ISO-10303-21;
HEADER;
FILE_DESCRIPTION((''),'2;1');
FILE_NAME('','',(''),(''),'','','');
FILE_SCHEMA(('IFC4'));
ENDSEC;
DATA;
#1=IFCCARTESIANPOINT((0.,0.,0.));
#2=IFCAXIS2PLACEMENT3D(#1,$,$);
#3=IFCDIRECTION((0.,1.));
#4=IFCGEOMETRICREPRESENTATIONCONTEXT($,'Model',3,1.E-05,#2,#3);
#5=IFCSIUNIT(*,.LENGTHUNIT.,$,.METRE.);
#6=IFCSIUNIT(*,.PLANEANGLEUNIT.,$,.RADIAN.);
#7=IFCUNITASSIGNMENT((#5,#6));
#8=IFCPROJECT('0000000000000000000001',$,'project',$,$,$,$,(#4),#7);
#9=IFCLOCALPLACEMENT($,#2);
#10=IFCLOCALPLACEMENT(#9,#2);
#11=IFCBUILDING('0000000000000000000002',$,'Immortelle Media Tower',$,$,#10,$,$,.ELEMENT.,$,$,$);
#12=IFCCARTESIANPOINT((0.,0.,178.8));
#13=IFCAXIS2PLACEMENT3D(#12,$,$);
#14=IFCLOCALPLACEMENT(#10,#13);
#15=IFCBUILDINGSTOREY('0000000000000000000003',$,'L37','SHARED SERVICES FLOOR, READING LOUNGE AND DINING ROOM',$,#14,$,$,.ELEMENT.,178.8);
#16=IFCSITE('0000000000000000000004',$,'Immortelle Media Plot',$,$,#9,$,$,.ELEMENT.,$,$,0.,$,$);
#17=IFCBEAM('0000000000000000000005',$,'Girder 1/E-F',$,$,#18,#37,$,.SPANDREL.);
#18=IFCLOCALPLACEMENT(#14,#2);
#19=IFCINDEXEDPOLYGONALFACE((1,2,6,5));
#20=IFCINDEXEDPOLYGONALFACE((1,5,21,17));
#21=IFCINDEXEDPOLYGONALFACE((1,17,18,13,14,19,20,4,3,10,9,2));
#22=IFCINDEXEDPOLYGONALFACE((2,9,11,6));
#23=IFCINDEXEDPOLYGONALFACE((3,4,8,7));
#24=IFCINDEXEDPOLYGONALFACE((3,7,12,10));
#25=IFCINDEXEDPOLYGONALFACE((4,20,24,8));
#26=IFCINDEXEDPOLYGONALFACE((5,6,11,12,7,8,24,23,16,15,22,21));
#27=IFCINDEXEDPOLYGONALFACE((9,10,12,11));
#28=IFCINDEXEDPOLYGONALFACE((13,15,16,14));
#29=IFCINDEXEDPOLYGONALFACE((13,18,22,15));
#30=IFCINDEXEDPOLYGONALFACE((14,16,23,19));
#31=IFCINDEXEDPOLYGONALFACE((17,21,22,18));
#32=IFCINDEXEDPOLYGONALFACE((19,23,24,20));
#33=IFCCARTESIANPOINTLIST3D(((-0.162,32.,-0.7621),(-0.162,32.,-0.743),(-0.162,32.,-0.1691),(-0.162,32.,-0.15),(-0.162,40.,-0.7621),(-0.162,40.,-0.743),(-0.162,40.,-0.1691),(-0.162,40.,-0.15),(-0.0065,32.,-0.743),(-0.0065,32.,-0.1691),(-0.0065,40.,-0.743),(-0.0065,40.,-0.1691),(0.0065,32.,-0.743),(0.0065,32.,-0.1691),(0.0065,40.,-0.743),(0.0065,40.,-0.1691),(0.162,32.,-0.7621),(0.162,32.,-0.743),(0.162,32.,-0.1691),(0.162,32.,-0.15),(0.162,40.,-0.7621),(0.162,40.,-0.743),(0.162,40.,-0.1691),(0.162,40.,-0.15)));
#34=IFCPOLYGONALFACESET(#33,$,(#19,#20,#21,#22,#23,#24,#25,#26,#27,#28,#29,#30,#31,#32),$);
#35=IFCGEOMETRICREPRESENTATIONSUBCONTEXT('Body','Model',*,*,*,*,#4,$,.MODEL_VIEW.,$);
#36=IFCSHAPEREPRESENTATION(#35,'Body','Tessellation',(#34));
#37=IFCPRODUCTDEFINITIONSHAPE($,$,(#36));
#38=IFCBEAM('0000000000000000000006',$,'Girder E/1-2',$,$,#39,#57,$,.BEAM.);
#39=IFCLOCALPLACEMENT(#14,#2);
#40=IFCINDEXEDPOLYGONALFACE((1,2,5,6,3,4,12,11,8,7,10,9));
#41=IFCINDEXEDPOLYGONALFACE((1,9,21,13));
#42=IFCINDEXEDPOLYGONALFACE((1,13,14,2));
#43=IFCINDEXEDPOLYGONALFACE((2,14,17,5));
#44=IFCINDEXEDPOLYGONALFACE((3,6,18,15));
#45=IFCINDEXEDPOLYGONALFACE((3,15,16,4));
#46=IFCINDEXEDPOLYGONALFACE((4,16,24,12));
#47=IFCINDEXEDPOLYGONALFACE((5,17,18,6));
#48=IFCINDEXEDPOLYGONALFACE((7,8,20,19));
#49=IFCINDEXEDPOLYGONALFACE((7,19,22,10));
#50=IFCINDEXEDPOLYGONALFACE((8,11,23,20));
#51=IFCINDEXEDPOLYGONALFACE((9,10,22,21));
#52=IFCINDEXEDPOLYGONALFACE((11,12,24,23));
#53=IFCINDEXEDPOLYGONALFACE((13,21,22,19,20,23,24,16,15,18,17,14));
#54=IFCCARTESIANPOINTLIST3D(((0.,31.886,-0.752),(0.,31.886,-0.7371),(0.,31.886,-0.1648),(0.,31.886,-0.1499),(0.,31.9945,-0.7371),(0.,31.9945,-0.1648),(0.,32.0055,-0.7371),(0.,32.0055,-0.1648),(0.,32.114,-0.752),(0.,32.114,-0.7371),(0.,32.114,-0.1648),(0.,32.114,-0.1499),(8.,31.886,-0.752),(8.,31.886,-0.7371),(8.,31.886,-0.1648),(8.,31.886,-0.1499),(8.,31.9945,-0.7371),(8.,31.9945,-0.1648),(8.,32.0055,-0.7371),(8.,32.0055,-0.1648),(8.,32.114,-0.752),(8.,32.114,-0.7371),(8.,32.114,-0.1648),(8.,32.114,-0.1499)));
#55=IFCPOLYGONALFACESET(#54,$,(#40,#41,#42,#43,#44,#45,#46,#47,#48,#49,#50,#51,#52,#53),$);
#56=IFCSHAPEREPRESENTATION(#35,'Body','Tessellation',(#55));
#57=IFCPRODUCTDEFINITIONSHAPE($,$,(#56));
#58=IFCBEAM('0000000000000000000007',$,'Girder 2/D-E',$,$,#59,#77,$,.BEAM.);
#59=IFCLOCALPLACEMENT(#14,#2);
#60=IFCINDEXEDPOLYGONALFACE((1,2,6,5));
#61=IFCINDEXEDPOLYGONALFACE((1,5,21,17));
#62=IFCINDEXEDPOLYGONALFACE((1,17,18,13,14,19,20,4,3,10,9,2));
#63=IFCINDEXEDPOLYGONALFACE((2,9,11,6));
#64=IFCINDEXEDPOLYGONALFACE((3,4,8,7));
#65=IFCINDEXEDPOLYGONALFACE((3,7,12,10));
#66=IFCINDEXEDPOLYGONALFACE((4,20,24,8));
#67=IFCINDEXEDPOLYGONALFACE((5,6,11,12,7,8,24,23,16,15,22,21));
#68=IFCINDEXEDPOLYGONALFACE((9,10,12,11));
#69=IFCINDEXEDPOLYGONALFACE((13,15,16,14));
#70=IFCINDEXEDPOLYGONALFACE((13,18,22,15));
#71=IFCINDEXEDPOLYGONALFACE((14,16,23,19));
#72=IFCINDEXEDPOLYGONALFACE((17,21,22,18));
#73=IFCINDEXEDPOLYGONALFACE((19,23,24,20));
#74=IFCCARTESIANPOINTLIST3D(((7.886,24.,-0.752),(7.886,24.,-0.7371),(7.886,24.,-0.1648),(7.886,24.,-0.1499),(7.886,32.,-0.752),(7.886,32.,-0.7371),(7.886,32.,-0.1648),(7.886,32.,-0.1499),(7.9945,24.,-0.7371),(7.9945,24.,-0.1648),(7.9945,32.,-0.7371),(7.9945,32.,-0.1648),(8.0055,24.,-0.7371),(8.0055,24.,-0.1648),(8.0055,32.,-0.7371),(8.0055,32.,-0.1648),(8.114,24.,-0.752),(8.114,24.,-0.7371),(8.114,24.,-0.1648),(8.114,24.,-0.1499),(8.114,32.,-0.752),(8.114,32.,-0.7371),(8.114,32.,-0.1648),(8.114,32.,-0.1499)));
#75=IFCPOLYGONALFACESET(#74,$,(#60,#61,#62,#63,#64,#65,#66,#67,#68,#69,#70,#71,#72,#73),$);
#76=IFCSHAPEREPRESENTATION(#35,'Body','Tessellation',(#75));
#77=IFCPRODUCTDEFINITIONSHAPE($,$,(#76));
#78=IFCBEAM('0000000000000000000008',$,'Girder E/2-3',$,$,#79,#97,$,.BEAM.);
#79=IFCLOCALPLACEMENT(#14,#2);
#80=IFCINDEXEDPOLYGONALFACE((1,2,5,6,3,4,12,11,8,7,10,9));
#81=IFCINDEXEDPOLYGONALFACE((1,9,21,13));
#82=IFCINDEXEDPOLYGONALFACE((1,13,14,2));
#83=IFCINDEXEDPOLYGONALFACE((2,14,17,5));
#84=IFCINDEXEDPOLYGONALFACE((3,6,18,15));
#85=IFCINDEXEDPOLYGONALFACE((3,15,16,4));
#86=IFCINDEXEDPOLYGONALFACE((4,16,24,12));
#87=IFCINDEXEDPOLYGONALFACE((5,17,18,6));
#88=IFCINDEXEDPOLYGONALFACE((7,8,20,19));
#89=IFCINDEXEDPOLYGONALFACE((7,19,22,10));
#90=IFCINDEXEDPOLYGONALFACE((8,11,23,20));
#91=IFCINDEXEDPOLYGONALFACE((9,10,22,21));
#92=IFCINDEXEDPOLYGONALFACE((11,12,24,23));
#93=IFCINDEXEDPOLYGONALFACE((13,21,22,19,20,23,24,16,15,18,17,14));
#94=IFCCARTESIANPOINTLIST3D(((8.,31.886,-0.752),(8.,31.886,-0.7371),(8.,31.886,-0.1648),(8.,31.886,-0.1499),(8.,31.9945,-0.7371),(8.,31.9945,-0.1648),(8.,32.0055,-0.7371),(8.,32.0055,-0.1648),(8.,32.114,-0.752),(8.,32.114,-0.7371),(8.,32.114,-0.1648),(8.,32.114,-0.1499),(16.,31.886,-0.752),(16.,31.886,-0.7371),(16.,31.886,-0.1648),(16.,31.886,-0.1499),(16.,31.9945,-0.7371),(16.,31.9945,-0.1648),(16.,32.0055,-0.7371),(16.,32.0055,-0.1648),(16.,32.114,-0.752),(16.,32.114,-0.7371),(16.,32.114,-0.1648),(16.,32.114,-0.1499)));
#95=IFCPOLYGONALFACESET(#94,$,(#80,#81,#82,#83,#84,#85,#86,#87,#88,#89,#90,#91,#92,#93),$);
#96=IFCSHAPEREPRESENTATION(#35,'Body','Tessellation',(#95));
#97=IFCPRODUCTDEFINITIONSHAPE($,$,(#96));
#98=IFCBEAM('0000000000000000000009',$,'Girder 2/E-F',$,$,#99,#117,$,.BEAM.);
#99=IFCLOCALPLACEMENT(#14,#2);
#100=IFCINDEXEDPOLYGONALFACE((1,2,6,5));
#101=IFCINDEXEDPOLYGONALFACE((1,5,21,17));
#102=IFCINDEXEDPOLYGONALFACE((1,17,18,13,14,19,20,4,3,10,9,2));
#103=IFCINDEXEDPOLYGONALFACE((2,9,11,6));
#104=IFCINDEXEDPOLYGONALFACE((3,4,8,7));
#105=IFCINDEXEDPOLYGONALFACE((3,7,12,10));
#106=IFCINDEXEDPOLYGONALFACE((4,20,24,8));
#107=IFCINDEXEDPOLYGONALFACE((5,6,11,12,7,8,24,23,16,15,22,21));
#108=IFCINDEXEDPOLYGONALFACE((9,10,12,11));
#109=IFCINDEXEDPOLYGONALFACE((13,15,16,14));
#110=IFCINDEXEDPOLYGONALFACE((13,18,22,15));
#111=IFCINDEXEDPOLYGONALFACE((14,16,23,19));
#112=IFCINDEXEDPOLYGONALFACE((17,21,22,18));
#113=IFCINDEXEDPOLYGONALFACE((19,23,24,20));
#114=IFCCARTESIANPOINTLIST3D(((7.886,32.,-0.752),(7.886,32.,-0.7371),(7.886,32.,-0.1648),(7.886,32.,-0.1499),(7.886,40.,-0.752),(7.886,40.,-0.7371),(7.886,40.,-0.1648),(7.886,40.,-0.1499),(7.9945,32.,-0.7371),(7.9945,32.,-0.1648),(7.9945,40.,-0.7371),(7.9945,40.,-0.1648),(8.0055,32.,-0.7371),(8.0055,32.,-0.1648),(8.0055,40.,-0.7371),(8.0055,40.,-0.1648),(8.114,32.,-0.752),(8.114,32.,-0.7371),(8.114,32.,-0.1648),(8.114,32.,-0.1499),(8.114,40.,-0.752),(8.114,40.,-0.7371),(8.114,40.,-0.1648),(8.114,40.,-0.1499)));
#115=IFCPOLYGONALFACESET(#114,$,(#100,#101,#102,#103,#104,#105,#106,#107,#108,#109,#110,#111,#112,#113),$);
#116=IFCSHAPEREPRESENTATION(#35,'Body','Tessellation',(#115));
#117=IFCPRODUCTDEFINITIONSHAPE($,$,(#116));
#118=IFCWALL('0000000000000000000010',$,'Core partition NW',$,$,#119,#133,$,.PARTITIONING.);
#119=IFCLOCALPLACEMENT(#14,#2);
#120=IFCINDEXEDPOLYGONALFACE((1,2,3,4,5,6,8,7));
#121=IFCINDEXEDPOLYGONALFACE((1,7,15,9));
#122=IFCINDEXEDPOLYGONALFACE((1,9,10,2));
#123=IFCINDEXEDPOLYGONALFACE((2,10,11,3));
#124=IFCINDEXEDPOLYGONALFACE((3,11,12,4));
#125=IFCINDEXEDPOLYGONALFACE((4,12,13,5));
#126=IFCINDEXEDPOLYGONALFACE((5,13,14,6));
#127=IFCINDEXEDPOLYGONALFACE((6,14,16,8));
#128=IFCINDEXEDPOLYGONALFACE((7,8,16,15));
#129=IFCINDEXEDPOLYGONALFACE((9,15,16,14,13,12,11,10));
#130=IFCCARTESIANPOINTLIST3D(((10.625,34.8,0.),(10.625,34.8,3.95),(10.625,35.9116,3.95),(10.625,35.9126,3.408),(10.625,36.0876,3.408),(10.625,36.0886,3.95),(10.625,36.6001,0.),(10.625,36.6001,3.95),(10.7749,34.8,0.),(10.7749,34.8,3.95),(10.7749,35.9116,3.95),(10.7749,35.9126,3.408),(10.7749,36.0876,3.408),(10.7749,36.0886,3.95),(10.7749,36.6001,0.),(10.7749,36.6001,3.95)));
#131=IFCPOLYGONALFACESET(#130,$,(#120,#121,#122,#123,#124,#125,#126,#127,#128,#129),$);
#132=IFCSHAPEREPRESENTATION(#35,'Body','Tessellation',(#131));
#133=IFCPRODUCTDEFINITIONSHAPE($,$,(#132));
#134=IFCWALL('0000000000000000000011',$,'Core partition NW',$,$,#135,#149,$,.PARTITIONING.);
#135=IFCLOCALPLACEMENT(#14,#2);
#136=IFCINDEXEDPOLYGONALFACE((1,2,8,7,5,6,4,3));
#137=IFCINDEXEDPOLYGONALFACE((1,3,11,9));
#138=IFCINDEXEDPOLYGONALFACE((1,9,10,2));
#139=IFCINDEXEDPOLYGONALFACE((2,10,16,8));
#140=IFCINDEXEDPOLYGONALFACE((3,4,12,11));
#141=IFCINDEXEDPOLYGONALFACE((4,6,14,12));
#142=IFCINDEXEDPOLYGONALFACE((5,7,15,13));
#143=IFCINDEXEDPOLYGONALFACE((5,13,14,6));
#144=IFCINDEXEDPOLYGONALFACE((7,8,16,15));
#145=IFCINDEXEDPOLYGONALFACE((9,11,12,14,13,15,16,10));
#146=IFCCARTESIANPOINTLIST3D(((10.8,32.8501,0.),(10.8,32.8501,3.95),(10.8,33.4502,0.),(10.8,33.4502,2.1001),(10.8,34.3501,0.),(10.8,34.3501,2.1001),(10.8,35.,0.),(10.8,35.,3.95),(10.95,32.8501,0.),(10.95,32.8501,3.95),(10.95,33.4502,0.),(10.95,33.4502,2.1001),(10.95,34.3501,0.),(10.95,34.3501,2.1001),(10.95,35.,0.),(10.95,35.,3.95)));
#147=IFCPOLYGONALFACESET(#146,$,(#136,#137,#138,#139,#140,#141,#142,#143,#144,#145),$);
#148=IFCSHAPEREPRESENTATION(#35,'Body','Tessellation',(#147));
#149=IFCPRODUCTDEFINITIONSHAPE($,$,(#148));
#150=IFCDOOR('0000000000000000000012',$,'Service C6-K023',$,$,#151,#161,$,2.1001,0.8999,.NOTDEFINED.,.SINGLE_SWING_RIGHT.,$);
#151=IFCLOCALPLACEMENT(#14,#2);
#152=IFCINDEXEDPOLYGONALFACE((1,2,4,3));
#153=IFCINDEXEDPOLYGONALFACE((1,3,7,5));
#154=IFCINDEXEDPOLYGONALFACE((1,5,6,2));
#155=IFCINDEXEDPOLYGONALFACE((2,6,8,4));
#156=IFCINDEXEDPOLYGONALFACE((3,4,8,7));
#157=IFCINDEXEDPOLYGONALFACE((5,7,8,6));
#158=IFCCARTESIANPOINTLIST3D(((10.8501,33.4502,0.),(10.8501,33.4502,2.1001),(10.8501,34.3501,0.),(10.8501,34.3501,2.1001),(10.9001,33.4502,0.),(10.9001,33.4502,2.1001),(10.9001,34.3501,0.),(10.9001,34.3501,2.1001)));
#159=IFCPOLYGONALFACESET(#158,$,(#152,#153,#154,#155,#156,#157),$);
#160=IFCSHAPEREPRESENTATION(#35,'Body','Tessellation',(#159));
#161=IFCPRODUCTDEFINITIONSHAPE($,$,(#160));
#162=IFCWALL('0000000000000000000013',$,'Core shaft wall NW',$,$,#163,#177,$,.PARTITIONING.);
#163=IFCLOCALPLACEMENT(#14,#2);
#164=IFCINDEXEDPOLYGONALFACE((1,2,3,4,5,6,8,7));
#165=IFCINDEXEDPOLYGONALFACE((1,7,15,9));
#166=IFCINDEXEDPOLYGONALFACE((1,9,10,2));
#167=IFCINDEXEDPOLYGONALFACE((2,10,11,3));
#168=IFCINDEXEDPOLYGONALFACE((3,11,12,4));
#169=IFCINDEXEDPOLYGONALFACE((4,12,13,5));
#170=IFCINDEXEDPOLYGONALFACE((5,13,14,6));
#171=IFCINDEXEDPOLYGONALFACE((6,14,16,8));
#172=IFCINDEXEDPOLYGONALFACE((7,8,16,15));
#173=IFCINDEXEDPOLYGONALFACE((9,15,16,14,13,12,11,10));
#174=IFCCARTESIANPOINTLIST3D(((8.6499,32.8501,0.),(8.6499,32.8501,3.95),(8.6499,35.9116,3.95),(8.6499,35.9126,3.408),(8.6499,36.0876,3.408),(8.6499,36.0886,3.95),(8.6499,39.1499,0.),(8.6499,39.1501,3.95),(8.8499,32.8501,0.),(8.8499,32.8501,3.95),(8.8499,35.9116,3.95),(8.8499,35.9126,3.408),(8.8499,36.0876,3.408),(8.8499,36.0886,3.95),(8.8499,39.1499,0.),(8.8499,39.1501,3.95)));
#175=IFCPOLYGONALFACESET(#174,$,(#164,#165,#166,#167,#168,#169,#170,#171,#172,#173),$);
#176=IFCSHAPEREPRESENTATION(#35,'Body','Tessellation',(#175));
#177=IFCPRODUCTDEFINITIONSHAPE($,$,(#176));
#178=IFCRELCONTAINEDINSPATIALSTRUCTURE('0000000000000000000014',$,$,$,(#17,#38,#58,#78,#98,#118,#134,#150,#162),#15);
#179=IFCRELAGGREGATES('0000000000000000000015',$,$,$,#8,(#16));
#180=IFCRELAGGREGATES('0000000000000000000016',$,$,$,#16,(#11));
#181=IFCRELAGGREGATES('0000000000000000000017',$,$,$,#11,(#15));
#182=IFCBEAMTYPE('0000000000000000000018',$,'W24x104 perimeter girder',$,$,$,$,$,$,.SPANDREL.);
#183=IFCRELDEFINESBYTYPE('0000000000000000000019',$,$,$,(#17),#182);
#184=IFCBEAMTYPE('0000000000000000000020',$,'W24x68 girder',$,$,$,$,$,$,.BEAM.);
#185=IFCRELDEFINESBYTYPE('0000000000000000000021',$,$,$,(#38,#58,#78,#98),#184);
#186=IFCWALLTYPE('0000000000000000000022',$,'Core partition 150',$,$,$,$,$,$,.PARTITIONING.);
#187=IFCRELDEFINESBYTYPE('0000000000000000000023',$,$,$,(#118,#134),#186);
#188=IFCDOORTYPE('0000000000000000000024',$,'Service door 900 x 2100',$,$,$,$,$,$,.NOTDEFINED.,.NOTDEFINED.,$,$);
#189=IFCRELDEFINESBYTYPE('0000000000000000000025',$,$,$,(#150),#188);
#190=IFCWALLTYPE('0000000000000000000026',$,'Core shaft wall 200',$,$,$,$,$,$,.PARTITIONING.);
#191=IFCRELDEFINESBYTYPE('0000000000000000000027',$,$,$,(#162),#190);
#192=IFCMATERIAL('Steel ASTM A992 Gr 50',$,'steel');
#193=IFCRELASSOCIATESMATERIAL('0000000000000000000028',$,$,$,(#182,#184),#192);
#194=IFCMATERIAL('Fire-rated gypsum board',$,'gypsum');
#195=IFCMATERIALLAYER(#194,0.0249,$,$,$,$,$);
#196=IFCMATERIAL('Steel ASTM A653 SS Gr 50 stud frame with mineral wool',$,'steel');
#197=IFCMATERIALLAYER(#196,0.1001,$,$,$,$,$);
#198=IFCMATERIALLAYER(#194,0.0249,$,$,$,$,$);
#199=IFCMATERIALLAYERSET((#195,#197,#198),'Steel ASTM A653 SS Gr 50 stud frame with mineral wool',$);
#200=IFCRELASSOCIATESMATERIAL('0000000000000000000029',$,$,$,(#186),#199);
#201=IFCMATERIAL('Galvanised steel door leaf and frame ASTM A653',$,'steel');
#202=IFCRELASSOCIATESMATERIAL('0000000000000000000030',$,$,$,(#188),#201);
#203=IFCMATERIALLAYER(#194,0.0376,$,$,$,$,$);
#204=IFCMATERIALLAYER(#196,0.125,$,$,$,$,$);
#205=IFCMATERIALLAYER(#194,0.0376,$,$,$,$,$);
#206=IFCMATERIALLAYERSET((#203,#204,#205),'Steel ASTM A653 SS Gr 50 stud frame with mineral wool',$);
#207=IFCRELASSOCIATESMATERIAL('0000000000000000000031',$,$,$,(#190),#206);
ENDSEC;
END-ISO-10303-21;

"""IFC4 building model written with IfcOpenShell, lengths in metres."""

from ifc_helpers import new_model, si_unit, direction, frame, frame_2d, origin, origin_2d, place, context, subcontext, project, spatial, polyline, rectangle, i_section, outline, extrude, material, layer, layer_set, material_profile, profile_set, type_object, element, fill, save


model = new_model("IFC4")

# Units and contexts
model_context = context("Model", 3, precision=1e-05, world=origin(), true_north=direction((0.0, 1.0)))
body_context = subcontext(model_context, "Body", "Model", "MODEL_VIEW")
ifc_project = project(units=[si_unit("LENGTHUNIT", "METRE"), si_unit("PLANEANGLEUNIT", "RADIAN")], contexts=[model_context])

# Site, building, storey
site_placement = place(None, origin())
site = spatial("IfcSite", under=ifc_project, at=site_placement, Name="Immortelle Media Plot", CompositionType="ELEMENT", RefElevation=0.0)
building_placement = place(site_placement, origin())
building = spatial("IfcBuilding", under=site, at=building_placement, Name="Immortelle Media Tower", CompositionType="ELEMENT")
storey_placement = place(building_placement, frame((0.0, 0.0, 178.8)))
storey = spatial("IfcBuildingStorey", under=building, at=storey_placement, Name="L37", Description="SHARED SERVICES FLOOR, READING LOUNGE AND DINING ROOM", CompositionType="ELEMENT", Elevation=178.8)

# Shared definitions
ifc_material_1 = material(Name="Steel ASTM A992 Gr 50", Category="steel")

# Beams
ifc_material_profile_1 = material_profile(ifc_material_1, i_section(OverallWidth=0.324, OverallDepth=0.6121, WebThickness=0.0129, FlangeThickness=0.019, at=origin_2d()), Name="W24x104")
ifc_profile_set_1 = profile_set([ifc_material_profile_1], Name="Steel ASTM A992 Gr 50")
beam_type_1 = type_object("IfcBeamType", Name="W24x104 perimeter girder", PredefinedType="SPANDREL", material=ifc_profile_set_1)
beam_1_placement = place(storey_placement, frame((0.0, 32.0, -0.4561), z_axis=(0.0, 1.0, 0.0), x_axis=(-1.0, 0.0, 0.0)))
element("IfcBeam", 1, at=beam_1_placement, inside=storey, type_object=beam_type_1, Name="Girder 1/E-F", PredefinedType="SPANDREL", context=body_context, shape_type="SweptSolid", body=[
    extrude(i_section(OverallWidth=0.324, OverallDepth=0.6121, WebThickness=0.0129, FlangeThickness=0.019, at=origin_2d()), origin(), (0.0, 0.0, 1.0), 8.0),
])
ifc_material_profile_2 = material_profile(ifc_material_1, i_section(OverallWidth=0.228, OverallDepth=0.6021, WebThickness=0.011, FlangeThickness=0.0149, at=origin_2d()), Name="W24x68")
ifc_profile_set_2 = profile_set([ifc_material_profile_2], Name="Steel ASTM A992 Gr 50")
beam_type_2 = type_object("IfcBeamType", Name="W24x68 girder", PredefinedType="BEAM", material=ifc_profile_set_2)
for number, where, z_axis, x_axis, name in (
    (2, (0.0, 32.0, -0.4509), (1.0, 0.0, 0.0), (0.0, 1.0, 0.0), "Girder E/1-2"),
    (3, (8.0, 24.0, -0.4509), (0.0, 1.0, 0.0), (-1.0, 0.0, 0.0), "Girder 2/D-E"),
    (4, (8.0, 32.0, -0.4509), (1.0, 0.0, 0.0), (0.0, 1.0, 0.0), "Girder E/2-3"),
    (5, (8.0, 32.0, -0.4509), (0.0, 1.0, 0.0), (-1.0, 0.0, 0.0), "Girder 2/E-F"),
):
    element("IfcBeam", number, at=place(storey_placement, frame(where, z_axis=z_axis, x_axis=x_axis)), inside=storey, type_object=beam_type_2, Name=name, PredefinedType="BEAM", context=body_context, shape_type="SweptSolid", body=[
        extrude(i_section(OverallWidth=0.228, OverallDepth=0.6021, WebThickness=0.011, FlangeThickness=0.0149, at=origin_2d()), origin(), (0.0, 0.0, 1.0), 8.0),
    ])

# Wall
ifc_material_2 = material(Name="Fire-rated gypsum board", Category="gypsum")
ifc_layer_1 = layer(ifc_material_2, 0.0249)
ifc_material_3 = material(Name="Steel ASTM A653 SS Gr 50 stud frame with mineral wool", Category="steel")
ifc_layer_2 = layer(ifc_material_3, 0.1001)
ifc_layer_3 = layer(ifc_material_2, 0.0249)
ifc_layer_set_1 = layer_set([ifc_layer_1, ifc_layer_2, ifc_layer_3], Name="Steel ASTM A653 SS Gr 50 stud frame with mineral wool")
wall_type_1 = type_object("IfcWallType", Name="Core partition 150", PredefinedType="PARTITIONING", material=ifc_layer_set_1)
wall_1_placement = place(storey_placement, frame((10.7, 34.8, 0.0), z_axis=(0.0, 0.0, 1.0), x_axis=(0.0, 1.0, 0.0)))
element("IfcWall", 6, at=wall_1_placement, inside=storey, type_object=wall_type_1, Name="Core partition NW", PredefinedType="PARTITIONING", context=body_context, shape_type="SweptSolid", body=[
    extrude(outline(polyline([(0.0, 0.0), (1.8, 0.0), (1.8, 3.95), (1.2886, 3.95), (1.2876, 3.408), (1.1125, 3.408), (1.1116, 3.95), (0.0, 3.95), (0.0, 0.0)])), frame((0.0, 0.075, 0.0), z_axis=(0.0, -1.0, 0.0), x_axis=(1.0, 0.0, 0.0)), (0.0, 0.0, 1.0), 0.1499),
])

# Wall, opening, door
wall_2_placement = place(storey_placement, frame((10.875, 32.8501, 0.0), z_axis=(0.0, 0.0, 1.0), x_axis=(0.0, 1.0, 0.0)))
wall_2 = element("IfcWall", 7, at=wall_2_placement, inside=storey, type_object=wall_type_1, Name="Core partition NW", PredefinedType="PARTITIONING", context=body_context, shape_type="SweptSolid", body=[
    extrude(rectangle(XDim=2.1499, YDim=0.1499, at=frame_2d((1.075, 0.0))), origin(), (0.0, 0.0, 1.0), 3.95),
])
opening_1_placement = place(wall_2_placement, frame((0.6001, 0.0, 0.0)))
opening_1 = element("IfcOpeningElement", 8, at=opening_1_placement, cuts=wall_2, PredefinedType="OPENING", context=body_context, shape_type="SweptSolid", body=[
    extrude(rectangle(XDim=0.8999, YDim=2.1001, at=frame_2d((0.45, 1.05))), frame((0.0, 0.085, 0.0), z_axis=(0.0, -1.0, 0.0), x_axis=(1.0, 0.0, 0.0)), (0.0, 0.0, 1.0), 0.1699),
])
ifc_material_4 = material(Name="Galvanised steel door leaf and frame ASTM A653", Category="steel")
door_type_1 = type_object("IfcDoorType", Name="Service door 900 x 2100", OperationType="NOTDEFINED", PredefinedType="NOTDEFINED", material=ifc_material_4)
door_1_placement = place(opening_1_placement, origin())
door_1 = element("IfcDoor", 9, at=door_1_placement, inside=storey, type_object=door_type_1, Name="Service C6-K023", OperationType="SINGLE_SWING_RIGHT", OverallHeight=2.1001, OverallWidth=0.8999, PredefinedType="NOTDEFINED", context=body_context, shape_type="SweptSolid", body=[
    extrude(rectangle(XDim=0.8999, YDim=2.1001, at=frame_2d((0.45, 1.05))), frame((0.0, 0.0249, 0.0), z_axis=(0.0, -1.0, 0.0), x_axis=(1.0, 0.0, 0.0)), (0.0, 0.0, 1.0), 0.05),
])
fill(opening_1, door_1)

# Wall
ifc_layer_4 = layer(ifc_material_2, 0.0376)
ifc_layer_5 = layer(ifc_material_3, 0.125)
ifc_layer_6 = layer(ifc_material_2, 0.0376)
ifc_layer_set_2 = layer_set([ifc_layer_4, ifc_layer_5, ifc_layer_6], Name="Steel ASTM A653 SS Gr 50 stud frame with mineral wool")
wall_type_2 = type_object("IfcWallType", Name="Core shaft wall 200", PredefinedType="PARTITIONING", material=ifc_layer_set_2)
wall_3_placement = place(storey_placement, frame((8.75, 32.8501, 0.0), z_axis=(0.0, 0.0, 1.0), x_axis=(0.0, 1.0, 0.0)))
element("IfcWall", 10, at=wall_3_placement, inside=storey, type_object=wall_type_2, Name="Core shaft wall NW", PredefinedType="PARTITIONING", context=body_context, shape_type="SweptSolid", body=[
    extrude(outline(polyline([(0.0, 0.0), (6.2998, 0.0), (6.3, 3.95), (3.2385, 3.95), (3.2375, 3.408), (3.0625, 3.408), (3.0615, 3.95), (0.0, 3.95), (0.0, 0.0)])), frame((0.0, 0.1001, 0.0), z_axis=(0.0, -1.0, 0.0), x_axis=(1.0, 0.0, 0.0)), (0.0, 0.0, 1.0), 0.2),
])

save(model, "model.ifc")
